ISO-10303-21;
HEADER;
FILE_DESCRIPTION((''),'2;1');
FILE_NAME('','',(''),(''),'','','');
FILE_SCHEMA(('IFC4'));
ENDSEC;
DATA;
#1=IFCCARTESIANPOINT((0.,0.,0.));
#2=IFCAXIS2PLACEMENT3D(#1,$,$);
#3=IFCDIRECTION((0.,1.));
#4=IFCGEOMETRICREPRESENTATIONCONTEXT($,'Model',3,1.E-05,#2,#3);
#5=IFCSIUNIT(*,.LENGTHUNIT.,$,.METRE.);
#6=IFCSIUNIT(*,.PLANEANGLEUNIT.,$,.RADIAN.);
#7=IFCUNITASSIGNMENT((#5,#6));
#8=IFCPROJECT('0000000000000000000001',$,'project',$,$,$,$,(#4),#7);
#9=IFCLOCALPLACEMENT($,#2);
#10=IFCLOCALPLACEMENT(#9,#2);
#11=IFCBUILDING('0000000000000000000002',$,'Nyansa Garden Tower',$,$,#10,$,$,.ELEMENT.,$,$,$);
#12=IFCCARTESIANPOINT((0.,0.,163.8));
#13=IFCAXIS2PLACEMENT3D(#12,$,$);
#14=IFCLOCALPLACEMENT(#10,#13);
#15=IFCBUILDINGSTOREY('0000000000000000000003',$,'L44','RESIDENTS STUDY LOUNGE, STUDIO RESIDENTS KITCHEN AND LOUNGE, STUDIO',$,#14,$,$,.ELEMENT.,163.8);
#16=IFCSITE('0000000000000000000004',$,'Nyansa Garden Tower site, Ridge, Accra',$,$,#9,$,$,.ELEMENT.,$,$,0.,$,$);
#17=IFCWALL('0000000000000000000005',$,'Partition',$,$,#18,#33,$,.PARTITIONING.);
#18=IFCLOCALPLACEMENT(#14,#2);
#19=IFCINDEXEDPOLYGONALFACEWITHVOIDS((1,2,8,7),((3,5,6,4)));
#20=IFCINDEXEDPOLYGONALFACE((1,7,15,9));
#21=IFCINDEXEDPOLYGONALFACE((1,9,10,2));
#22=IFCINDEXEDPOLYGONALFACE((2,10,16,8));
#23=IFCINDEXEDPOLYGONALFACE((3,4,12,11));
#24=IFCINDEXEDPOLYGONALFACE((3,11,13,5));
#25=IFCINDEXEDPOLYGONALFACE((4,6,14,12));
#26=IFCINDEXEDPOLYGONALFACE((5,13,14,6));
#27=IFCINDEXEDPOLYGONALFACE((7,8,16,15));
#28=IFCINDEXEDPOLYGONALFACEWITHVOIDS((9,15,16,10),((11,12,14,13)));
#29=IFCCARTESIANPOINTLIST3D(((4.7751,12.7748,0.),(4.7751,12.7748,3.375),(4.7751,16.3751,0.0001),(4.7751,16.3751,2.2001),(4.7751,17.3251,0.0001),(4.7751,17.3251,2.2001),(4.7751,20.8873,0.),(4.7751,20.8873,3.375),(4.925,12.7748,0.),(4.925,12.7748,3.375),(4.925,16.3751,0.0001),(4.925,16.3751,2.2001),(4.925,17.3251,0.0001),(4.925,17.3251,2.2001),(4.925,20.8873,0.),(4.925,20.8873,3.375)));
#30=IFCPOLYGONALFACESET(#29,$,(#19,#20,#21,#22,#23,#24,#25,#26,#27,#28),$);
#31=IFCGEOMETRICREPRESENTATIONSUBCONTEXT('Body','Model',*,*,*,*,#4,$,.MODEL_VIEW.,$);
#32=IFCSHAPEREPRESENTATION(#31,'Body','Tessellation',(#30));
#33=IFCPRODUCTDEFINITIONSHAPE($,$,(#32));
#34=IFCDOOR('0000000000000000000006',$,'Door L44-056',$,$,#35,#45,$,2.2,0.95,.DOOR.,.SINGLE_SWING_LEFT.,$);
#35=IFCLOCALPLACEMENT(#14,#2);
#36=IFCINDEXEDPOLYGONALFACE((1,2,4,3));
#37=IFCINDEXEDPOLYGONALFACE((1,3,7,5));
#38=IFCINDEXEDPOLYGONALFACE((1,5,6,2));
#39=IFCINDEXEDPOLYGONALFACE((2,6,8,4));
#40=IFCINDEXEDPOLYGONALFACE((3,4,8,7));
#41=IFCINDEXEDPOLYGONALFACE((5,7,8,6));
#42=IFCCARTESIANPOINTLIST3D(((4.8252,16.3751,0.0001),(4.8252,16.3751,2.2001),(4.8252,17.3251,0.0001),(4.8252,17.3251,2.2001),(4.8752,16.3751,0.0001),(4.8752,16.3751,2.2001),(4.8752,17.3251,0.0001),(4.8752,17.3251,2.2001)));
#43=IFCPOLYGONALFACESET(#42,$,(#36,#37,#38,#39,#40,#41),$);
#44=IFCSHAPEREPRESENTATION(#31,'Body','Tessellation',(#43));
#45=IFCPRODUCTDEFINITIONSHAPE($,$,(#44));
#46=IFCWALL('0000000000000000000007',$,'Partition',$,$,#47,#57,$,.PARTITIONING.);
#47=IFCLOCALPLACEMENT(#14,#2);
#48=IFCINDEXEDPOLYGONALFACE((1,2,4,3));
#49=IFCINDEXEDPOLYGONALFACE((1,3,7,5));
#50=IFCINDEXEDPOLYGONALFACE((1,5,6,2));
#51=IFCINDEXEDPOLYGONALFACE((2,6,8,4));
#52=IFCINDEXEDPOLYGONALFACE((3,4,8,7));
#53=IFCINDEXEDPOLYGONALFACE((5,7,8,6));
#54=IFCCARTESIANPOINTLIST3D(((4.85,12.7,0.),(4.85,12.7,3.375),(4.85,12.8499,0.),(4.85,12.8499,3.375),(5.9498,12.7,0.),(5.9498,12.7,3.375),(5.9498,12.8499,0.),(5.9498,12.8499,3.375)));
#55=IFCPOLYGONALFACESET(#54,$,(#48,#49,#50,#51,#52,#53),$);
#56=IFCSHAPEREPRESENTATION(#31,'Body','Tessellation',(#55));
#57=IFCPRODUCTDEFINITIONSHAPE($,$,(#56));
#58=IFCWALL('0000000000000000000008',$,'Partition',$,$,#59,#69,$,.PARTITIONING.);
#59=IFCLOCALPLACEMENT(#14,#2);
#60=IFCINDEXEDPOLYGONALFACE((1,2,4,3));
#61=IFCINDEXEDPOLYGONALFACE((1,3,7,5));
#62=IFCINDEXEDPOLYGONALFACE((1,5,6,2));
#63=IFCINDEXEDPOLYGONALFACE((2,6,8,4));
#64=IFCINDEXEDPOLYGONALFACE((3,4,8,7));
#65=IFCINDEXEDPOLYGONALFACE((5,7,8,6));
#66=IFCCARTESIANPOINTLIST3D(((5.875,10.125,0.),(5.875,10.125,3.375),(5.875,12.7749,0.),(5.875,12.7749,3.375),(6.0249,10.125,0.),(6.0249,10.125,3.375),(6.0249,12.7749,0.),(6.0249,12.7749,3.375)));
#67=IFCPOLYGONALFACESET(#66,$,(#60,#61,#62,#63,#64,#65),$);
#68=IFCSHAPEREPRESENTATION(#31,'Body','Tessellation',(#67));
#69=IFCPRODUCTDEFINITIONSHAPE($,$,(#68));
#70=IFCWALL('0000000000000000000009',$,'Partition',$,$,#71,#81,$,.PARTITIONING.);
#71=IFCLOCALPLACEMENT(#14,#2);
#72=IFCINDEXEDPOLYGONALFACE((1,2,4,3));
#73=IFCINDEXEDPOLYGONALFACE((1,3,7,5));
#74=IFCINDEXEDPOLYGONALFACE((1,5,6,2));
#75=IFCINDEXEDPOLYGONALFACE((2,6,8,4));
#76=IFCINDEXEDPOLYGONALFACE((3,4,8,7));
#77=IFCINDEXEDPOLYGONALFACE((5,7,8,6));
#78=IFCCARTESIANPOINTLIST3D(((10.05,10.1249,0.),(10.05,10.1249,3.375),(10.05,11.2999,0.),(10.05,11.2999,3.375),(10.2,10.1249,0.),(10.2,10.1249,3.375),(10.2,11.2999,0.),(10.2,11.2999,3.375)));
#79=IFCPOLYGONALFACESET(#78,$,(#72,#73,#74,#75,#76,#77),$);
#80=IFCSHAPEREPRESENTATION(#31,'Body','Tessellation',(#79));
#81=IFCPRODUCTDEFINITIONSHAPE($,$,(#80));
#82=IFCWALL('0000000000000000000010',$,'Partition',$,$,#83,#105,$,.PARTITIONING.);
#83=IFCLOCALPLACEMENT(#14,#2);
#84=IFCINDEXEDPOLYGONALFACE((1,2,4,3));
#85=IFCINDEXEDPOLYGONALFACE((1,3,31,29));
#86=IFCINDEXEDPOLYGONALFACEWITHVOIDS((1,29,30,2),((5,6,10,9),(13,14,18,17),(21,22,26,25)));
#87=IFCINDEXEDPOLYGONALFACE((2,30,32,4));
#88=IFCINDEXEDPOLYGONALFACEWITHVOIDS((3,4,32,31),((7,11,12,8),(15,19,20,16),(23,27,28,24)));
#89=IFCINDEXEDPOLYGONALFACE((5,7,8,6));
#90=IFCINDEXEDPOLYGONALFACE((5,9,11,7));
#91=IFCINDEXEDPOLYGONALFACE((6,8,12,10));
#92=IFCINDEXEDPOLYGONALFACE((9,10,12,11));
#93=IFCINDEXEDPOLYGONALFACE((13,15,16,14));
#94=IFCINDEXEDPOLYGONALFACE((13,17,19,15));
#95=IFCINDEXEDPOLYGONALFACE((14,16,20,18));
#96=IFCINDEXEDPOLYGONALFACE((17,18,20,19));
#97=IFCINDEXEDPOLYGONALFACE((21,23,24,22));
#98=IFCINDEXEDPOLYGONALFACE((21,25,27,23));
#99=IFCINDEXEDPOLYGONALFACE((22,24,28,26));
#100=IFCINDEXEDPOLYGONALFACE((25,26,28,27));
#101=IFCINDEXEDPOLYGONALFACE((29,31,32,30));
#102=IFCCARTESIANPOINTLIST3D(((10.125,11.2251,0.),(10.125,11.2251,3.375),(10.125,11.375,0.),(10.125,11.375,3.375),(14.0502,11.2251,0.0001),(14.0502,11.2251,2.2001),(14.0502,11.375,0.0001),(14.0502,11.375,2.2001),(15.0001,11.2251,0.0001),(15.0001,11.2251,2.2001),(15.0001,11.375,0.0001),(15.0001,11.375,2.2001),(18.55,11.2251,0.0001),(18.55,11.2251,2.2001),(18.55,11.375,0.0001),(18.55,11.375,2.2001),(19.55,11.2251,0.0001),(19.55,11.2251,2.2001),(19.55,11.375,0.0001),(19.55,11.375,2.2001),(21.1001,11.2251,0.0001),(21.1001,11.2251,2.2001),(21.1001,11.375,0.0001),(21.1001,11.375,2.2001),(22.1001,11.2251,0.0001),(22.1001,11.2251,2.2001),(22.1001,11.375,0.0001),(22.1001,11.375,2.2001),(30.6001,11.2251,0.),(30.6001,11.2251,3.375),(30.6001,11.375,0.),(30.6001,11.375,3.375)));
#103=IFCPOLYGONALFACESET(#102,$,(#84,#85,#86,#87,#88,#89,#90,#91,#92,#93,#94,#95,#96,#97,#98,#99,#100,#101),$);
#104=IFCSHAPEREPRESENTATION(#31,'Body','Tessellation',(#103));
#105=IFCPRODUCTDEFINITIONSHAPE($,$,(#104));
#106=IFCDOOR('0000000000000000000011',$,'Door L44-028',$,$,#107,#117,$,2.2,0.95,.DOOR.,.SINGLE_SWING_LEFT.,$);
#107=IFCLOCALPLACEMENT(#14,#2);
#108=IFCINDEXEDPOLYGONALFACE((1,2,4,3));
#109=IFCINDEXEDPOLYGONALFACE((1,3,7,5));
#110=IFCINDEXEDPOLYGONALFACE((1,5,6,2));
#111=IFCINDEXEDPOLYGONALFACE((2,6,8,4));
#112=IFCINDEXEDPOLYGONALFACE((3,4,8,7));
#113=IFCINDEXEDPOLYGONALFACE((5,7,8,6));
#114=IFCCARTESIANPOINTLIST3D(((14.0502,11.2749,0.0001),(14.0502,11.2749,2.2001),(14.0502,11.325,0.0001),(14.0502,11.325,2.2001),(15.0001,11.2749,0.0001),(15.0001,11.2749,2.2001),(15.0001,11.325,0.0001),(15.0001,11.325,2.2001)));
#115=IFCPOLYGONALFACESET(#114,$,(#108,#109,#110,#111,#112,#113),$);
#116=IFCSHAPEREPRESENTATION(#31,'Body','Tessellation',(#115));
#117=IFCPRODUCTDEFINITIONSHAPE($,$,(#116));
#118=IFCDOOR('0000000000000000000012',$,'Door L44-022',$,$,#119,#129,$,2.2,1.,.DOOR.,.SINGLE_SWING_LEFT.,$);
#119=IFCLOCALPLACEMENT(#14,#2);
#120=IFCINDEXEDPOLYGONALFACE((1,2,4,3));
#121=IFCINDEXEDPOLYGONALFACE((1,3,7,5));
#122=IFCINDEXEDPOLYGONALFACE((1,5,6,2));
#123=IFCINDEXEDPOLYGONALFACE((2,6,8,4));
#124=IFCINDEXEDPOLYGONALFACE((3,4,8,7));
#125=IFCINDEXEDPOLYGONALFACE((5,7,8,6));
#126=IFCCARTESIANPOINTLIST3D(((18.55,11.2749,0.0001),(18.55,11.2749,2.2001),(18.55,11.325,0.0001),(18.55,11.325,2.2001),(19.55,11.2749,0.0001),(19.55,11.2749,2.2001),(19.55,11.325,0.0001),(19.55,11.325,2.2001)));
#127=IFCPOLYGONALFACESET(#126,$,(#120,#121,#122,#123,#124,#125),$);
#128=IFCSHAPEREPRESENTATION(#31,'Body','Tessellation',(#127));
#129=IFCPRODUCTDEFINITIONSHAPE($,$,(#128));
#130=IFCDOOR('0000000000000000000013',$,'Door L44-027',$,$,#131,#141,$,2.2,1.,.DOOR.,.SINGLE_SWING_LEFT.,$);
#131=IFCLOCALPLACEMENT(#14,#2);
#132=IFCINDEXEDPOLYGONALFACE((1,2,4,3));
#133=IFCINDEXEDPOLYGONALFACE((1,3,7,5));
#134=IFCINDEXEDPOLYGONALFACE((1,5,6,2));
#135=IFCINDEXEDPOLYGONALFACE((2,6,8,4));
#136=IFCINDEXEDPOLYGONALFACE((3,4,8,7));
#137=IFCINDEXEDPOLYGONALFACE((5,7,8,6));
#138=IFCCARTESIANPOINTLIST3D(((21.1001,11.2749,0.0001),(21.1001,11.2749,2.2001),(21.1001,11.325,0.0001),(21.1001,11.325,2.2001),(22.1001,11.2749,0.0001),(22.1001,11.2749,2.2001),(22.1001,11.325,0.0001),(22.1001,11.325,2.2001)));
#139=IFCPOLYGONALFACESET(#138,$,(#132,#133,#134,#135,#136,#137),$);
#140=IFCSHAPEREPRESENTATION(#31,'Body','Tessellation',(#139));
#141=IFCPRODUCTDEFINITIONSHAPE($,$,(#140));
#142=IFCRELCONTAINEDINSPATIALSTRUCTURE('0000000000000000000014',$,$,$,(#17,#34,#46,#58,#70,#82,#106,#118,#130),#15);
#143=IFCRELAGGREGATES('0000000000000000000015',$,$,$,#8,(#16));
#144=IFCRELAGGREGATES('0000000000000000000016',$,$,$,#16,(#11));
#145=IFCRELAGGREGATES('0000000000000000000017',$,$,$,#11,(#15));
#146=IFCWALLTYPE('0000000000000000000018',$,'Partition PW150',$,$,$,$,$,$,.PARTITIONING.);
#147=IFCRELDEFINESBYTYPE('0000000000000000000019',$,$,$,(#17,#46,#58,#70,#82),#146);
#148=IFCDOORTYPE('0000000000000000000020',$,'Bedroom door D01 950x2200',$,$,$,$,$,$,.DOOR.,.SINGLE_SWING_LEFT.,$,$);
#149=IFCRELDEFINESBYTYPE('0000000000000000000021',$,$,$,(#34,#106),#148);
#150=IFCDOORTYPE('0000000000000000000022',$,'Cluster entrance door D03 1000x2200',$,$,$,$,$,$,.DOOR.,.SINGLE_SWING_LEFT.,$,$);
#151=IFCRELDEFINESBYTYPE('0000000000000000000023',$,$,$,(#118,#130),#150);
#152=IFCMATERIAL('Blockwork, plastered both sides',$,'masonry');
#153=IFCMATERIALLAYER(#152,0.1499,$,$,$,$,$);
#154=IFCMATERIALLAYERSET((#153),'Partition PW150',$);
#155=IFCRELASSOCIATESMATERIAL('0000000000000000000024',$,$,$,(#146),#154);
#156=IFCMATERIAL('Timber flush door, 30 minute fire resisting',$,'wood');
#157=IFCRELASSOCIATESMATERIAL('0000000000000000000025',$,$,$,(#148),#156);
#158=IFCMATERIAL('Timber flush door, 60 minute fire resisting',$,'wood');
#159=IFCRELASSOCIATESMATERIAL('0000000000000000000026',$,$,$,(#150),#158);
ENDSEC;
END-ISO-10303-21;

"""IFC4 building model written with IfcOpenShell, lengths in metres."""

from ifc_helpers import new_model, si_unit, direction, frame, frame_2d, origin, place, context, subcontext, project, spatial, rectangle, extrude, material, layer, layer_set, type_object, element, fill, save


model = new_model("IFC4")

# Units and contexts
model_context = context("Model", 3, precision=1e-05, world=origin(), true_north=direction((0.0, 1.0)))
body_context = subcontext(model_context, "Body", "Model", "MODEL_VIEW")
ifc_project = project(units=[si_unit("LENGTHUNIT", "METRE"), si_unit("PLANEANGLEUNIT", "RADIAN")], contexts=[model_context])

# Site, building, storey
site_placement = place(None, origin())
site = spatial("IfcSite", under=ifc_project, at=site_placement, Name="Nyansa Garden Tower site, Ridge, Accra", CompositionType="ELEMENT", RefElevation=0.0)
building_placement = place(site_placement, origin())
building = spatial("IfcBuilding", under=site, at=building_placement, Name="Nyansa Garden Tower", CompositionType="ELEMENT")
storey_placement = place(building_placement, frame((0.0, 0.0, 163.8)))
storey = spatial("IfcBuildingStorey", under=building, at=storey_placement, Name="L44", Description="RESIDENTS STUDY LOUNGE, STUDIO RESIDENTS KITCHEN AND LOUNGE, STUDIO", CompositionType="ELEMENT", Elevation=163.8)

# Wall, opening, door
ifc_material_1 = material(Name="Blockwork, plastered both sides", Category="masonry")
ifc_layer = layer(ifc_material_1, 0.1499)
ifc_layer_set = layer_set([ifc_layer], Name="Partition PW150")
wall_type = type_object("IfcWallType", Name="Partition PW150", PredefinedType="PARTITIONING", material=ifc_layer_set)
wall_1_placement = place(storey_placement, frame((4.8501, 12.7749, 0.0), z_axis=(0.0, 0.0, 1.0), x_axis=(0.0, 1.0, 0.0)))
wall_1 = element("IfcWall", 1, at=wall_1_placement, inside=storey, type_object=wall_type, Name="Partition", PredefinedType="PARTITIONING", context=body_context, shape_type="SweptSolid", body=[
    extrude(rectangle(XDim=8.1125, YDim=0.1499, at=frame_2d((4.0562, 0.0))), origin(), (0.0, 0.0, 1.0), 3.375),
])
opening_1_placement = place(wall_1_placement, frame((3.6001, 0.0, 0.0)))
opening_1 = element("IfcOpeningElement", 2, at=opening_1_placement, cuts=wall_1, PredefinedType="OPENING", context=body_context, shape_type="SweptSolid", body=[
    extrude(rectangle(XDim=0.95, YDim=2.2, at=frame_2d((0.4751, 1.1001))), frame((0.0, 0.085, 0.0), z_axis=(0.0, -1.0, 0.0), x_axis=(1.0, 0.0, 0.0)), (0.0, 0.0, 1.0), 0.1699),
])
ifc_material_2 = material(Name="Timber flush door, 30 minute fire resisting", Category="wood")
door_type_1 = type_object("IfcDoorType", Name="Bedroom door D01 950x2200", OperationType="SINGLE_SWING_LEFT", PredefinedType="DOOR", material=ifc_material_2)
door_1_placement = place(opening_1_placement, origin())
door_1 = element("IfcDoor", 3, at=door_1_placement, inside=storey, type_object=door_type_1, Name="Door L44-056", OperationType="SINGLE_SWING_LEFT", OverallHeight=2.2, OverallWidth=0.95, PredefinedType="DOOR", context=body_context, shape_type="SweptSolid", body=[
    extrude(rectangle(XDim=0.95, YDim=2.2, at=frame_2d((0.4751, 1.1001))), frame((0.0, 0.0249, 0.0), z_axis=(0.0, -1.0, 0.0), x_axis=(1.0, 0.0, 0.0)), (0.0, 0.0, 1.0), 0.05),
])
fill(opening_1, door_1)

# Walls
wall_2_placement = place(storey_placement, frame((4.8501, 12.7749, 0.0), z_axis=(0.0, 0.0, 1.0), x_axis=(1.0, 0.0, 0.0)))
element("IfcWall", 4, at=wall_2_placement, inside=storey, type_object=wall_type, Name="Partition", PredefinedType="PARTITIONING", context=body_context, shape_type="SweptSolid", body=[
    extrude(rectangle(XDim=1.0999, YDim=0.1499, at=frame_2d((0.5498, 0.0))), origin(), (0.0, 0.0, 1.0), 3.375),
])
wall_3_placement = place(storey_placement, frame((5.95, 10.125, 0.0), z_axis=(0.0, 0.0, 1.0), x_axis=(0.0, 1.0, 0.0)))
element("IfcWall", 5, at=wall_3_placement, inside=storey, type_object=wall_type, Name="Partition", PredefinedType="PARTITIONING", context=body_context, shape_type="SweptSolid", body=[
    extrude(rectangle(XDim=2.6499, YDim=0.1499, at=frame_2d((1.325, 0.0))), origin(), (0.0, 0.0, 1.0), 3.375),
])
wall_4_placement = place(storey_placement, frame((10.125, 10.125, 0.0), z_axis=(0.0, 0.0, 1.0), x_axis=(0.0, 1.0, 0.0)))
element("IfcWall", 6, at=wall_4_placement, inside=storey, type_object=wall_type, Name="Partition", PredefinedType="PARTITIONING", context=body_context, shape_type="SweptSolid", body=[
    extrude(rectangle(XDim=1.175, YDim=0.1499, at=frame_2d((0.5874, 0.0))), origin(), (0.0, 0.0, 1.0), 3.375),
])

# Wall, openings, doors
wall_5_placement = place(storey_placement, frame((10.125, 11.3, 0.0), z_axis=(0.0, 0.0, 1.0), x_axis=(1.0, 0.0, 0.0)))
wall_5 = element("IfcWall", 7, at=wall_5_placement, inside=storey, type_object=wall_type, Name="Partition", PredefinedType="PARTITIONING", context=body_context, shape_type="SweptSolid", body=[
    extrude(rectangle(XDim=20.4751, YDim=0.1499, at=frame_2d((10.2375, 0.0))), origin(), (0.0, 0.0, 1.0), 3.375),
])
opening_2_placement = place(wall_5_placement, frame((8.425, 0.0, 0.0)))
opening_2 = element("IfcOpeningElement", 8, at=opening_2_placement, cuts=wall_5, PredefinedType="OPENING", context=body_context, shape_type="SweptSolid", body=[
    extrude(rectangle(XDim=1.0, YDim=2.2, at=frame_2d((0.5, 1.1001))), frame((0.0, 0.085, 0.0), z_axis=(0.0, -1.0, 0.0), x_axis=(1.0, 0.0, 0.0)), (0.0, 0.0, 1.0), 0.1699),
])
opening_3_placement = place(wall_5_placement, frame((10.9751, 0.0, 0.0)))
opening_3 = element("IfcOpeningElement", 9, at=opening_3_placement, cuts=wall_5, PredefinedType="OPENING", context=body_context, shape_type="SweptSolid", body=[
    extrude(rectangle(XDim=1.0, YDim=2.2, at=frame_2d((0.5, 1.1001))), frame((0.0, 0.085, 0.0), z_axis=(0.0, -1.0, 0.0), x_axis=(1.0, 0.0, 0.0)), (0.0, 0.0, 1.0), 0.1699),
])
opening_4_placement = place(wall_5_placement, frame((3.925, 0.0, 0.0)))
opening_4 = element("IfcOpeningElement", 10, at=opening_4_placement, cuts=wall_5, PredefinedType="OPENING", context=body_context, shape_type="SweptSolid", body=[
    extrude(rectangle(XDim=0.95, YDim=2.2, at=frame_2d((0.4751, 1.1001))), frame((0.0, 0.085, 0.0), z_axis=(0.0, -1.0, 0.0), x_axis=(1.0, 0.0, 0.0)), (0.0, 0.0, 1.0), 0.1699),
])
door_2_placement = place(opening_4_placement, origin())
door_2 = element("IfcDoor", 11, at=door_2_placement, inside=storey, type_object=door_type_1, Name="Door L44-028", OperationType="SINGLE_SWING_LEFT", OverallHeight=2.2, OverallWidth=0.95, PredefinedType="DOOR", context=body_context, shape_type="SweptSolid", body=[
    extrude(rectangle(XDim=0.95, YDim=2.2, at=frame_2d((0.4751, 1.1001))), frame((0.0, 0.0249, 0.0), z_axis=(0.0, -1.0, 0.0), x_axis=(1.0, 0.0, 0.0)), (0.0, 0.0, 1.0), 0.05),
])
fill(opening_4, door_2)
ifc_material_3 = material(Name="Timber flush door, 60 minute fire resisting", Category="wood")
door_type_2 = type_object("IfcDoorType", Name="Cluster entrance door D03 1000x2200", OperationType="SINGLE_SWING_LEFT", PredefinedType="DOOR", material=ifc_material_3)
door_3_placement = place(opening_2_placement, origin())
door_3 = element("IfcDoor", 12, at=door_3_placement, inside=storey, type_object=door_type_2, Name="Door L44-022", OperationType="SINGLE_SWING_LEFT", OverallHeight=2.2, OverallWidth=1.0, PredefinedType="DOOR", context=body_context, shape_type="SweptSolid", body=[
    extrude(rectangle(XDim=1.0, YDim=2.2, at=frame_2d((0.5, 1.1001))), frame((0.0, 0.0249, 0.0), z_axis=(0.0, -1.0, 0.0), x_axis=(1.0, 0.0, 0.0)), (0.0, 0.0, 1.0), 0.05),
])
fill(opening_2, door_3)
door_4_placement = place(opening_3_placement, origin())
door_4 = element("IfcDoor", 13, at=door_4_placement, inside=storey, type_object=door_type_2, Name="Door L44-027", OperationType="SINGLE_SWING_LEFT", OverallHeight=2.2, OverallWidth=1.0, PredefinedType="DOOR", context=body_context, shape_type="SweptSolid", body=[
    extrude(rectangle(XDim=1.0, YDim=2.2, at=frame_2d((0.5, 1.1001))), frame((0.0, 0.0249, 0.0), z_axis=(0.0, -1.0, 0.0), x_axis=(1.0, 0.0, 0.0)), (0.0, 0.0, 1.0), 0.05),
])
fill(opening_3, door_4)

save(model, "model.ifc")
